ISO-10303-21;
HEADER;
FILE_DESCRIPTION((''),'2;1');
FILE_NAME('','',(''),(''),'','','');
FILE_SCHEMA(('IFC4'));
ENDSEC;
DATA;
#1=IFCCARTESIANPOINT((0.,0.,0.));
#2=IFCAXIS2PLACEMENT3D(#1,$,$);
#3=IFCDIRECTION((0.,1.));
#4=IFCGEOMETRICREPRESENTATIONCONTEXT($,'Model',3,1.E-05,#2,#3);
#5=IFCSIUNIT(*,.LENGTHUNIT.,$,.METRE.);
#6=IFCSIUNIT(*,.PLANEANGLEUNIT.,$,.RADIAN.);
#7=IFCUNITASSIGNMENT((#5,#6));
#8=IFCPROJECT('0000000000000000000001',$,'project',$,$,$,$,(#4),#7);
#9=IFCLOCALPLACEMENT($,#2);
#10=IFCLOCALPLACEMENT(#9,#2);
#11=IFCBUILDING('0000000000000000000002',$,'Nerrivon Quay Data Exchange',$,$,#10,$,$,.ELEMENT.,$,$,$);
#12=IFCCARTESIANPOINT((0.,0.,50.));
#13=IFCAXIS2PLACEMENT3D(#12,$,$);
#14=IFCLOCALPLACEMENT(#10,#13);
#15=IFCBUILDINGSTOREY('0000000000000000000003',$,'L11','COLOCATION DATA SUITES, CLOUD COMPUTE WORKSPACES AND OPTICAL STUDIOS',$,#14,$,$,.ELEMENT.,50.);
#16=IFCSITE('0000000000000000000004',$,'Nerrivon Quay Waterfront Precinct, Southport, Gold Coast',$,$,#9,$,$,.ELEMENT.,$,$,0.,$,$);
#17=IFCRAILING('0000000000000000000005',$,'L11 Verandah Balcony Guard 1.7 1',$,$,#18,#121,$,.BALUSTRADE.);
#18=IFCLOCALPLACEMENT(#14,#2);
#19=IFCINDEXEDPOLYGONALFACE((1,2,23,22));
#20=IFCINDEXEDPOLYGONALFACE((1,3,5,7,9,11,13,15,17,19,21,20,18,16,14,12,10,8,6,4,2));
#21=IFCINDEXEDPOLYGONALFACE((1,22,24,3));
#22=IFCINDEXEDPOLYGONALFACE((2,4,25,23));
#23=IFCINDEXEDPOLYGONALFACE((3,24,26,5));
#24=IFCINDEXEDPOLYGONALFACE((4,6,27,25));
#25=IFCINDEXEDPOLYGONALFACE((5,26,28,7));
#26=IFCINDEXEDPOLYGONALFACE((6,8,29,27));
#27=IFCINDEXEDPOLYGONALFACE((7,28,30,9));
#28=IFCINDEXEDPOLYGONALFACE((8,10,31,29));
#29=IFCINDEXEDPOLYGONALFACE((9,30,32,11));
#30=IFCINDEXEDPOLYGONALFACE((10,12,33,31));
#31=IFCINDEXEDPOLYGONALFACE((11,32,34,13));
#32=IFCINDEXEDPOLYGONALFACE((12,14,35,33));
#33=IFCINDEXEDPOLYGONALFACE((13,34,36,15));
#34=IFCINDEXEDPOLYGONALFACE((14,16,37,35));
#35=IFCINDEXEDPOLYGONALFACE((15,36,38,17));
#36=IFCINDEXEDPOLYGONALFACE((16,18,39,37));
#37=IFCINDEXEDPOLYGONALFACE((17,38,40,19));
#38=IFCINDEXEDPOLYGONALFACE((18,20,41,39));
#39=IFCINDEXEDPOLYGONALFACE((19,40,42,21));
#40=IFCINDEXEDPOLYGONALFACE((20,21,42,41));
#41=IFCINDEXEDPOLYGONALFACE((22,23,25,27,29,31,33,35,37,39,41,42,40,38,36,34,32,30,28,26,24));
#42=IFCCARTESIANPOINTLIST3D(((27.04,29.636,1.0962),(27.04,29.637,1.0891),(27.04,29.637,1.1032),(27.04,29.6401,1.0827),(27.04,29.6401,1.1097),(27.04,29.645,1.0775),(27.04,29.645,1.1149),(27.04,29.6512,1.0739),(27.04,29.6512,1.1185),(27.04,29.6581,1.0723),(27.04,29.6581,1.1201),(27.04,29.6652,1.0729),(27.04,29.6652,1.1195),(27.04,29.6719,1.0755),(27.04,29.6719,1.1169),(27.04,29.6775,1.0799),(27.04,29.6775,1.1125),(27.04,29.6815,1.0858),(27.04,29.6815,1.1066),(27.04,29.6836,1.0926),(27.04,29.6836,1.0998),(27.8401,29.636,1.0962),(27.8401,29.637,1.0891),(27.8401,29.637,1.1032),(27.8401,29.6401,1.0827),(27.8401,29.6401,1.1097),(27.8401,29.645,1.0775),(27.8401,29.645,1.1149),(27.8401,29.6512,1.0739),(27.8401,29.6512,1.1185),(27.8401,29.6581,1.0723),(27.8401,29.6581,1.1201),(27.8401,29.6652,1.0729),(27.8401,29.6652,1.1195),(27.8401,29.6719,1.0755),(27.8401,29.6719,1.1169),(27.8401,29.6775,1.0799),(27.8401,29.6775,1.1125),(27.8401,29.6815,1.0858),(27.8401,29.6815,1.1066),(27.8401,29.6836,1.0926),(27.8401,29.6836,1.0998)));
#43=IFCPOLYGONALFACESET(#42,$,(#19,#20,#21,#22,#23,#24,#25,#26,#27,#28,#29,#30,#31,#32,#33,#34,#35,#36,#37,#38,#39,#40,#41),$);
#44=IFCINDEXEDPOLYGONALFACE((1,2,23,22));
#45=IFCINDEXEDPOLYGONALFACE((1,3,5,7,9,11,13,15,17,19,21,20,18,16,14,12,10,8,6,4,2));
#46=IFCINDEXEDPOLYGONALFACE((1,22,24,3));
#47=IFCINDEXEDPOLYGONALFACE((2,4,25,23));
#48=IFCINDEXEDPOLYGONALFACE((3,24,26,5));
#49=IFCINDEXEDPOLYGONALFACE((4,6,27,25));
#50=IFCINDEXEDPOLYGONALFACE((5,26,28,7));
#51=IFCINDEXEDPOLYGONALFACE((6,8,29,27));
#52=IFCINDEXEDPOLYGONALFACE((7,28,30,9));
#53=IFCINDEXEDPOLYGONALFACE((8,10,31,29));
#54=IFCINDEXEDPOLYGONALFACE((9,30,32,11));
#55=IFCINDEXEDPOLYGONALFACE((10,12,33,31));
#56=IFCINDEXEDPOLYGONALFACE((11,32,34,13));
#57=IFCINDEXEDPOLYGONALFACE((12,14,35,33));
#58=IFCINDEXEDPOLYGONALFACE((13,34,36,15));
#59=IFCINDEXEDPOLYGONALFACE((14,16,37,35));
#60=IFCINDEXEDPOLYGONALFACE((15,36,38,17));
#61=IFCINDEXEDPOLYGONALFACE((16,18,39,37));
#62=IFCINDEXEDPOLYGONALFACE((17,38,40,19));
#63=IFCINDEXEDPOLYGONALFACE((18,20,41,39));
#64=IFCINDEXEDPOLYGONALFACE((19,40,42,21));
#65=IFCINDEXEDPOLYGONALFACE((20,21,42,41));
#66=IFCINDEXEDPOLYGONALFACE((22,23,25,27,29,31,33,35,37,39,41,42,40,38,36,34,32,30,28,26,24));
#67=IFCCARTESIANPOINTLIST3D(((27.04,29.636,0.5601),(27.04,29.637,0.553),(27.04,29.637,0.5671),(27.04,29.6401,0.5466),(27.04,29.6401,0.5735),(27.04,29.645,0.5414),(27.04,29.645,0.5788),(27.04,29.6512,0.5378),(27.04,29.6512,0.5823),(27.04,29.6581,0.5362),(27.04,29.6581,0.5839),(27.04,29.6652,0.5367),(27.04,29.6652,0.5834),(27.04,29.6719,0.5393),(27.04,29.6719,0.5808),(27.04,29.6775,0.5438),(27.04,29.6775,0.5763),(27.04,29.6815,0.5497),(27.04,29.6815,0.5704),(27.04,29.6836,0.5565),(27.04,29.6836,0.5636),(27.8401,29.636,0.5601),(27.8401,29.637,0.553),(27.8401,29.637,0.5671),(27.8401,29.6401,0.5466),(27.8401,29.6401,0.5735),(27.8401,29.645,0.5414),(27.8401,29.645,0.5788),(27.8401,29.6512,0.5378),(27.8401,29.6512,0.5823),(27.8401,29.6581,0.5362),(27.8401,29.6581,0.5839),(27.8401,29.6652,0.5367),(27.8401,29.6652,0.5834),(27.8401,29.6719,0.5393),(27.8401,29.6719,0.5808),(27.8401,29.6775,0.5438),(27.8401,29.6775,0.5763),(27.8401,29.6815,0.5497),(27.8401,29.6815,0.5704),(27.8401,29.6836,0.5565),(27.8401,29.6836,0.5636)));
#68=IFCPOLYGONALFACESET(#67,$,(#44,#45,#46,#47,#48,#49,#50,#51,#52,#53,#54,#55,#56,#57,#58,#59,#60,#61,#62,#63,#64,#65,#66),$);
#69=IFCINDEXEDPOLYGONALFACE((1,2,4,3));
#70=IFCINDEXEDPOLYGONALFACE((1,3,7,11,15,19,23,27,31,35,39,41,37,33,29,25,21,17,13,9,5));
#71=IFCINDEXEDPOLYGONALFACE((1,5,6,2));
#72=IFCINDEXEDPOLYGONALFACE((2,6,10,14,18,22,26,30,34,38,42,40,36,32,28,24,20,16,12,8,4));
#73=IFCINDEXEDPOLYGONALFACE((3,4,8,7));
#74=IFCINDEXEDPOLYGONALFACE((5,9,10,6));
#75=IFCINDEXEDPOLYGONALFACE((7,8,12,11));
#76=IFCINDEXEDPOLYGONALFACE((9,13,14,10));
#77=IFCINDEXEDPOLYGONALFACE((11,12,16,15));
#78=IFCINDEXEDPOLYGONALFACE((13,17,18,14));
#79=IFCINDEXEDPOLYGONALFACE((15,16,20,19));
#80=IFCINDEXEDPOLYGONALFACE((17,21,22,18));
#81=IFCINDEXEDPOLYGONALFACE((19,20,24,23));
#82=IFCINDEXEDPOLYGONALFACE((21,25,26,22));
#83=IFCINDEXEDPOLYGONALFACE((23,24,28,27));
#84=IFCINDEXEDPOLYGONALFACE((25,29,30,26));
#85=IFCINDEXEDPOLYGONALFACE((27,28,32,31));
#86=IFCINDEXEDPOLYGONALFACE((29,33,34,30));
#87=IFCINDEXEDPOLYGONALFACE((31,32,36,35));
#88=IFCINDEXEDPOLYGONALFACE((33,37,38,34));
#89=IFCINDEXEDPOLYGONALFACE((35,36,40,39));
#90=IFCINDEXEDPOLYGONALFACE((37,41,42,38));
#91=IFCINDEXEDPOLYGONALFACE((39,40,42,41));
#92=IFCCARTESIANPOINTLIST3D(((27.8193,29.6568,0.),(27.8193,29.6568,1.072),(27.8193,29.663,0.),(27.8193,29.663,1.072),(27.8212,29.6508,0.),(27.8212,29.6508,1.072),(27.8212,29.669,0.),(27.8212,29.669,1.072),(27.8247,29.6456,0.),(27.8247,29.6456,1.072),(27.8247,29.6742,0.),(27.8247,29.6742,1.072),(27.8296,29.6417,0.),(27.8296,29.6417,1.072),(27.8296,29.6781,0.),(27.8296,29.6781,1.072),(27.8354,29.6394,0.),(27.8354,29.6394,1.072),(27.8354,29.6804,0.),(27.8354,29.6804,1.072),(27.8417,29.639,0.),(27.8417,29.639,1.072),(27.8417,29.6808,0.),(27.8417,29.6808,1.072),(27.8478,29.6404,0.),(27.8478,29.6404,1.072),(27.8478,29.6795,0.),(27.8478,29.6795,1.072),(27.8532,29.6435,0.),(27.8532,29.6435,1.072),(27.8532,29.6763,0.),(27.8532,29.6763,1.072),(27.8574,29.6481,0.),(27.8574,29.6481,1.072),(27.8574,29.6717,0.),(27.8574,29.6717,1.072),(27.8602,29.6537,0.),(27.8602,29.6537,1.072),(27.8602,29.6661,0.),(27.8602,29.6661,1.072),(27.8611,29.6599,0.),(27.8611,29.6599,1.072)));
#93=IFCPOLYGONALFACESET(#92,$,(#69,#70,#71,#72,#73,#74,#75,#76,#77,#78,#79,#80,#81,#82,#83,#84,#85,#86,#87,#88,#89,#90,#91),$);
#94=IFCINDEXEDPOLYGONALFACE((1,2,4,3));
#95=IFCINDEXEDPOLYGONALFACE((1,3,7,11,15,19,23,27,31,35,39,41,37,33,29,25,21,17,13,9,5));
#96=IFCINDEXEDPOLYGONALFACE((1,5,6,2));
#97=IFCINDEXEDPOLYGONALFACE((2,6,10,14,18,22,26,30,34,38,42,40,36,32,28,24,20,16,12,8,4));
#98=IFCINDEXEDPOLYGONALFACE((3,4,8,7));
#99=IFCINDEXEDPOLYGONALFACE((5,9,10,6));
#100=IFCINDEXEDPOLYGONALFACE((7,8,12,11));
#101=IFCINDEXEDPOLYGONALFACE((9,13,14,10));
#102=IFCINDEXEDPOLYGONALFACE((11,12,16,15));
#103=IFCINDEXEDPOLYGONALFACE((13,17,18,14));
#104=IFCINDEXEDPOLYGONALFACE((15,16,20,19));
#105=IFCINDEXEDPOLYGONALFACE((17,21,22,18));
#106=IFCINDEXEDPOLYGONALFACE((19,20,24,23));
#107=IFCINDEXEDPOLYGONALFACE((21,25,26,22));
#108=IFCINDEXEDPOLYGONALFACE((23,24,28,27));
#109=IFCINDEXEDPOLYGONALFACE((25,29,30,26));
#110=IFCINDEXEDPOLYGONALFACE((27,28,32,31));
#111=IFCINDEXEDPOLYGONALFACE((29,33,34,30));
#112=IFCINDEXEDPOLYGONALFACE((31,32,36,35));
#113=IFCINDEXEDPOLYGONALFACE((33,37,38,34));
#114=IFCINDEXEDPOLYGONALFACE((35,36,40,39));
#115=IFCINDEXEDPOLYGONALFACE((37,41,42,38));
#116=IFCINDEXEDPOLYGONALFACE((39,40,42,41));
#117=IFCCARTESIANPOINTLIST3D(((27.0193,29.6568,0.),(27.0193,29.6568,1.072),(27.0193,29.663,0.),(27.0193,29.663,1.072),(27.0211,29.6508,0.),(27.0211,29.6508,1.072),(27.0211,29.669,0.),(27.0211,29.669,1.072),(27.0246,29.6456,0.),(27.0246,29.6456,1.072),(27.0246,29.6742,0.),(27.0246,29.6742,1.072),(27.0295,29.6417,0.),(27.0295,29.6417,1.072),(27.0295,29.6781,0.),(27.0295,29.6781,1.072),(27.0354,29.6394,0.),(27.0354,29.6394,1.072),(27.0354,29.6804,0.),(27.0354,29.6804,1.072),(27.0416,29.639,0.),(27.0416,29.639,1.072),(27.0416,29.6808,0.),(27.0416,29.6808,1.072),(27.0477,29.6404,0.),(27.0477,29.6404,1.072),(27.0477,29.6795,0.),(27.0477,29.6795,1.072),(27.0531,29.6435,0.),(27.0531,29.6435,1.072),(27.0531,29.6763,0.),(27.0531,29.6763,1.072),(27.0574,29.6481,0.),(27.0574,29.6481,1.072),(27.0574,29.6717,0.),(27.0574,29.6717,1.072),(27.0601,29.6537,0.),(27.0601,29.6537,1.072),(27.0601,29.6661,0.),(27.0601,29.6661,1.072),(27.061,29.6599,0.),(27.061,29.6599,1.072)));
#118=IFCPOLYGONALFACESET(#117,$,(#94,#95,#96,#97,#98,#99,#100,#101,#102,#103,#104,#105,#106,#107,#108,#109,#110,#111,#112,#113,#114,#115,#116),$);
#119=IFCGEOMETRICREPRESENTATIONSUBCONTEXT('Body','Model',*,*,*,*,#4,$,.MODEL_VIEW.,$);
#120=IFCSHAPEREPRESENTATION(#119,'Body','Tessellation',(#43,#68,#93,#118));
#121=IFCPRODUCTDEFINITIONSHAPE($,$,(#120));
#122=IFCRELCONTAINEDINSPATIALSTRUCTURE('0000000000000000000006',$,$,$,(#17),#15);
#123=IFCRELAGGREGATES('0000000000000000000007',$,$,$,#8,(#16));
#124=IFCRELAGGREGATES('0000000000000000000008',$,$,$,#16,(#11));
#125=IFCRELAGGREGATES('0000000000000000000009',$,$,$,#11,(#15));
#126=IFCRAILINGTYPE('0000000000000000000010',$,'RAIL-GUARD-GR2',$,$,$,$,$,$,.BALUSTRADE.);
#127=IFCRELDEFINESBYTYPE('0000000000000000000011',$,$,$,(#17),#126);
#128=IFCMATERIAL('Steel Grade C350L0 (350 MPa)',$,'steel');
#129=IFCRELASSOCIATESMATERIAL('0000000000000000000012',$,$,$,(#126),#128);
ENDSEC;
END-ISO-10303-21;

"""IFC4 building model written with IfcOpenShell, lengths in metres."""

from ifc_helpers import new_model, si_unit, direction, frame, origin, origin_2d, place, context, subcontext, project, spatial, circle, extrude, material, type_object, element, save


model = new_model("IFC4")

# Units and contexts
model_context = context("Model", 3, precision=1e-05, world=origin(), true_north=direction((0.0, 1.0)))
body_context = subcontext(model_context, "Body", "Model", "MODEL_VIEW")
ifc_project = project(units=[si_unit("LENGTHUNIT", "METRE"), si_unit("PLANEANGLEUNIT", "RADIAN")], contexts=[model_context])

# Site, building, storey
site_placement = place(None, origin())
site = spatial("IfcSite", under=ifc_project, at=site_placement, Name="Nerrivon Quay Waterfront Precinct, Southport, Gold Coast", CompositionType="ELEMENT", RefElevation=0.0)
building_placement = place(site_placement, origin())
building = spatial("IfcBuilding", under=site, at=building_placement, Name="Nerrivon Quay Data Exchange", CompositionType="ELEMENT")
storey_placement = place(building_placement, frame((0.0, 0.0, 50.0)))
storey = spatial("IfcBuildingStorey", under=building, at=storey_placement, Name="L11", Description="COLOCATION DATA SUITES, CLOUD COMPUTE WORKSPACES AND OPTICAL STUDIOS", CompositionType="ELEMENT", Elevation=50.0)

# Railing
ifc_material_1 = material(Name="Steel Grade C350L0 (350 MPa)", Category="steel")
railing_type = type_object("IfcRailingType", Name="RAIL-GUARD-GR2", PredefinedType="BALUSTRADE", material=ifc_material_1)
railing_1_placement = place(storey_placement, frame((27.8401, 29.6599, 0.0)))
element("IfcRailing", 1, at=railing_1_placement, inside=storey, type_object=railing_type, Name="L11 Verandah Balcony Guard 1.7 1", PredefinedType="BALUSTRADE", context=body_context, shape_type="SweptSolid", body=[
    extrude(circle(Radius=0.0239, at=origin_2d()), frame((0.0, 0.0, 1.0962), z_axis=(-1.0, 0.0, 0.0), x_axis=(0.0, -1.0, 0.0)), (0.0, 0.0, 1.0), 0.8),
    extrude(circle(Radius=0.0239, at=origin_2d()), frame((0.0, 0.0, 0.5601), z_axis=(-1.0, 0.0, 0.0), x_axis=(0.0, -1.0, 0.0)), (0.0, 0.0, 1.0), 0.8),
    extrude(circle(Radius=0.021, at=origin_2d()), origin(), (0.0, 0.0, 1.0), 1.072),
    extrude(circle(Radius=0.021, at=origin_2d()), frame((-0.8, 0.0, 0.0)), (0.0, 0.0, 1.0), 1.072),
])

save(model, "model.ifc")
